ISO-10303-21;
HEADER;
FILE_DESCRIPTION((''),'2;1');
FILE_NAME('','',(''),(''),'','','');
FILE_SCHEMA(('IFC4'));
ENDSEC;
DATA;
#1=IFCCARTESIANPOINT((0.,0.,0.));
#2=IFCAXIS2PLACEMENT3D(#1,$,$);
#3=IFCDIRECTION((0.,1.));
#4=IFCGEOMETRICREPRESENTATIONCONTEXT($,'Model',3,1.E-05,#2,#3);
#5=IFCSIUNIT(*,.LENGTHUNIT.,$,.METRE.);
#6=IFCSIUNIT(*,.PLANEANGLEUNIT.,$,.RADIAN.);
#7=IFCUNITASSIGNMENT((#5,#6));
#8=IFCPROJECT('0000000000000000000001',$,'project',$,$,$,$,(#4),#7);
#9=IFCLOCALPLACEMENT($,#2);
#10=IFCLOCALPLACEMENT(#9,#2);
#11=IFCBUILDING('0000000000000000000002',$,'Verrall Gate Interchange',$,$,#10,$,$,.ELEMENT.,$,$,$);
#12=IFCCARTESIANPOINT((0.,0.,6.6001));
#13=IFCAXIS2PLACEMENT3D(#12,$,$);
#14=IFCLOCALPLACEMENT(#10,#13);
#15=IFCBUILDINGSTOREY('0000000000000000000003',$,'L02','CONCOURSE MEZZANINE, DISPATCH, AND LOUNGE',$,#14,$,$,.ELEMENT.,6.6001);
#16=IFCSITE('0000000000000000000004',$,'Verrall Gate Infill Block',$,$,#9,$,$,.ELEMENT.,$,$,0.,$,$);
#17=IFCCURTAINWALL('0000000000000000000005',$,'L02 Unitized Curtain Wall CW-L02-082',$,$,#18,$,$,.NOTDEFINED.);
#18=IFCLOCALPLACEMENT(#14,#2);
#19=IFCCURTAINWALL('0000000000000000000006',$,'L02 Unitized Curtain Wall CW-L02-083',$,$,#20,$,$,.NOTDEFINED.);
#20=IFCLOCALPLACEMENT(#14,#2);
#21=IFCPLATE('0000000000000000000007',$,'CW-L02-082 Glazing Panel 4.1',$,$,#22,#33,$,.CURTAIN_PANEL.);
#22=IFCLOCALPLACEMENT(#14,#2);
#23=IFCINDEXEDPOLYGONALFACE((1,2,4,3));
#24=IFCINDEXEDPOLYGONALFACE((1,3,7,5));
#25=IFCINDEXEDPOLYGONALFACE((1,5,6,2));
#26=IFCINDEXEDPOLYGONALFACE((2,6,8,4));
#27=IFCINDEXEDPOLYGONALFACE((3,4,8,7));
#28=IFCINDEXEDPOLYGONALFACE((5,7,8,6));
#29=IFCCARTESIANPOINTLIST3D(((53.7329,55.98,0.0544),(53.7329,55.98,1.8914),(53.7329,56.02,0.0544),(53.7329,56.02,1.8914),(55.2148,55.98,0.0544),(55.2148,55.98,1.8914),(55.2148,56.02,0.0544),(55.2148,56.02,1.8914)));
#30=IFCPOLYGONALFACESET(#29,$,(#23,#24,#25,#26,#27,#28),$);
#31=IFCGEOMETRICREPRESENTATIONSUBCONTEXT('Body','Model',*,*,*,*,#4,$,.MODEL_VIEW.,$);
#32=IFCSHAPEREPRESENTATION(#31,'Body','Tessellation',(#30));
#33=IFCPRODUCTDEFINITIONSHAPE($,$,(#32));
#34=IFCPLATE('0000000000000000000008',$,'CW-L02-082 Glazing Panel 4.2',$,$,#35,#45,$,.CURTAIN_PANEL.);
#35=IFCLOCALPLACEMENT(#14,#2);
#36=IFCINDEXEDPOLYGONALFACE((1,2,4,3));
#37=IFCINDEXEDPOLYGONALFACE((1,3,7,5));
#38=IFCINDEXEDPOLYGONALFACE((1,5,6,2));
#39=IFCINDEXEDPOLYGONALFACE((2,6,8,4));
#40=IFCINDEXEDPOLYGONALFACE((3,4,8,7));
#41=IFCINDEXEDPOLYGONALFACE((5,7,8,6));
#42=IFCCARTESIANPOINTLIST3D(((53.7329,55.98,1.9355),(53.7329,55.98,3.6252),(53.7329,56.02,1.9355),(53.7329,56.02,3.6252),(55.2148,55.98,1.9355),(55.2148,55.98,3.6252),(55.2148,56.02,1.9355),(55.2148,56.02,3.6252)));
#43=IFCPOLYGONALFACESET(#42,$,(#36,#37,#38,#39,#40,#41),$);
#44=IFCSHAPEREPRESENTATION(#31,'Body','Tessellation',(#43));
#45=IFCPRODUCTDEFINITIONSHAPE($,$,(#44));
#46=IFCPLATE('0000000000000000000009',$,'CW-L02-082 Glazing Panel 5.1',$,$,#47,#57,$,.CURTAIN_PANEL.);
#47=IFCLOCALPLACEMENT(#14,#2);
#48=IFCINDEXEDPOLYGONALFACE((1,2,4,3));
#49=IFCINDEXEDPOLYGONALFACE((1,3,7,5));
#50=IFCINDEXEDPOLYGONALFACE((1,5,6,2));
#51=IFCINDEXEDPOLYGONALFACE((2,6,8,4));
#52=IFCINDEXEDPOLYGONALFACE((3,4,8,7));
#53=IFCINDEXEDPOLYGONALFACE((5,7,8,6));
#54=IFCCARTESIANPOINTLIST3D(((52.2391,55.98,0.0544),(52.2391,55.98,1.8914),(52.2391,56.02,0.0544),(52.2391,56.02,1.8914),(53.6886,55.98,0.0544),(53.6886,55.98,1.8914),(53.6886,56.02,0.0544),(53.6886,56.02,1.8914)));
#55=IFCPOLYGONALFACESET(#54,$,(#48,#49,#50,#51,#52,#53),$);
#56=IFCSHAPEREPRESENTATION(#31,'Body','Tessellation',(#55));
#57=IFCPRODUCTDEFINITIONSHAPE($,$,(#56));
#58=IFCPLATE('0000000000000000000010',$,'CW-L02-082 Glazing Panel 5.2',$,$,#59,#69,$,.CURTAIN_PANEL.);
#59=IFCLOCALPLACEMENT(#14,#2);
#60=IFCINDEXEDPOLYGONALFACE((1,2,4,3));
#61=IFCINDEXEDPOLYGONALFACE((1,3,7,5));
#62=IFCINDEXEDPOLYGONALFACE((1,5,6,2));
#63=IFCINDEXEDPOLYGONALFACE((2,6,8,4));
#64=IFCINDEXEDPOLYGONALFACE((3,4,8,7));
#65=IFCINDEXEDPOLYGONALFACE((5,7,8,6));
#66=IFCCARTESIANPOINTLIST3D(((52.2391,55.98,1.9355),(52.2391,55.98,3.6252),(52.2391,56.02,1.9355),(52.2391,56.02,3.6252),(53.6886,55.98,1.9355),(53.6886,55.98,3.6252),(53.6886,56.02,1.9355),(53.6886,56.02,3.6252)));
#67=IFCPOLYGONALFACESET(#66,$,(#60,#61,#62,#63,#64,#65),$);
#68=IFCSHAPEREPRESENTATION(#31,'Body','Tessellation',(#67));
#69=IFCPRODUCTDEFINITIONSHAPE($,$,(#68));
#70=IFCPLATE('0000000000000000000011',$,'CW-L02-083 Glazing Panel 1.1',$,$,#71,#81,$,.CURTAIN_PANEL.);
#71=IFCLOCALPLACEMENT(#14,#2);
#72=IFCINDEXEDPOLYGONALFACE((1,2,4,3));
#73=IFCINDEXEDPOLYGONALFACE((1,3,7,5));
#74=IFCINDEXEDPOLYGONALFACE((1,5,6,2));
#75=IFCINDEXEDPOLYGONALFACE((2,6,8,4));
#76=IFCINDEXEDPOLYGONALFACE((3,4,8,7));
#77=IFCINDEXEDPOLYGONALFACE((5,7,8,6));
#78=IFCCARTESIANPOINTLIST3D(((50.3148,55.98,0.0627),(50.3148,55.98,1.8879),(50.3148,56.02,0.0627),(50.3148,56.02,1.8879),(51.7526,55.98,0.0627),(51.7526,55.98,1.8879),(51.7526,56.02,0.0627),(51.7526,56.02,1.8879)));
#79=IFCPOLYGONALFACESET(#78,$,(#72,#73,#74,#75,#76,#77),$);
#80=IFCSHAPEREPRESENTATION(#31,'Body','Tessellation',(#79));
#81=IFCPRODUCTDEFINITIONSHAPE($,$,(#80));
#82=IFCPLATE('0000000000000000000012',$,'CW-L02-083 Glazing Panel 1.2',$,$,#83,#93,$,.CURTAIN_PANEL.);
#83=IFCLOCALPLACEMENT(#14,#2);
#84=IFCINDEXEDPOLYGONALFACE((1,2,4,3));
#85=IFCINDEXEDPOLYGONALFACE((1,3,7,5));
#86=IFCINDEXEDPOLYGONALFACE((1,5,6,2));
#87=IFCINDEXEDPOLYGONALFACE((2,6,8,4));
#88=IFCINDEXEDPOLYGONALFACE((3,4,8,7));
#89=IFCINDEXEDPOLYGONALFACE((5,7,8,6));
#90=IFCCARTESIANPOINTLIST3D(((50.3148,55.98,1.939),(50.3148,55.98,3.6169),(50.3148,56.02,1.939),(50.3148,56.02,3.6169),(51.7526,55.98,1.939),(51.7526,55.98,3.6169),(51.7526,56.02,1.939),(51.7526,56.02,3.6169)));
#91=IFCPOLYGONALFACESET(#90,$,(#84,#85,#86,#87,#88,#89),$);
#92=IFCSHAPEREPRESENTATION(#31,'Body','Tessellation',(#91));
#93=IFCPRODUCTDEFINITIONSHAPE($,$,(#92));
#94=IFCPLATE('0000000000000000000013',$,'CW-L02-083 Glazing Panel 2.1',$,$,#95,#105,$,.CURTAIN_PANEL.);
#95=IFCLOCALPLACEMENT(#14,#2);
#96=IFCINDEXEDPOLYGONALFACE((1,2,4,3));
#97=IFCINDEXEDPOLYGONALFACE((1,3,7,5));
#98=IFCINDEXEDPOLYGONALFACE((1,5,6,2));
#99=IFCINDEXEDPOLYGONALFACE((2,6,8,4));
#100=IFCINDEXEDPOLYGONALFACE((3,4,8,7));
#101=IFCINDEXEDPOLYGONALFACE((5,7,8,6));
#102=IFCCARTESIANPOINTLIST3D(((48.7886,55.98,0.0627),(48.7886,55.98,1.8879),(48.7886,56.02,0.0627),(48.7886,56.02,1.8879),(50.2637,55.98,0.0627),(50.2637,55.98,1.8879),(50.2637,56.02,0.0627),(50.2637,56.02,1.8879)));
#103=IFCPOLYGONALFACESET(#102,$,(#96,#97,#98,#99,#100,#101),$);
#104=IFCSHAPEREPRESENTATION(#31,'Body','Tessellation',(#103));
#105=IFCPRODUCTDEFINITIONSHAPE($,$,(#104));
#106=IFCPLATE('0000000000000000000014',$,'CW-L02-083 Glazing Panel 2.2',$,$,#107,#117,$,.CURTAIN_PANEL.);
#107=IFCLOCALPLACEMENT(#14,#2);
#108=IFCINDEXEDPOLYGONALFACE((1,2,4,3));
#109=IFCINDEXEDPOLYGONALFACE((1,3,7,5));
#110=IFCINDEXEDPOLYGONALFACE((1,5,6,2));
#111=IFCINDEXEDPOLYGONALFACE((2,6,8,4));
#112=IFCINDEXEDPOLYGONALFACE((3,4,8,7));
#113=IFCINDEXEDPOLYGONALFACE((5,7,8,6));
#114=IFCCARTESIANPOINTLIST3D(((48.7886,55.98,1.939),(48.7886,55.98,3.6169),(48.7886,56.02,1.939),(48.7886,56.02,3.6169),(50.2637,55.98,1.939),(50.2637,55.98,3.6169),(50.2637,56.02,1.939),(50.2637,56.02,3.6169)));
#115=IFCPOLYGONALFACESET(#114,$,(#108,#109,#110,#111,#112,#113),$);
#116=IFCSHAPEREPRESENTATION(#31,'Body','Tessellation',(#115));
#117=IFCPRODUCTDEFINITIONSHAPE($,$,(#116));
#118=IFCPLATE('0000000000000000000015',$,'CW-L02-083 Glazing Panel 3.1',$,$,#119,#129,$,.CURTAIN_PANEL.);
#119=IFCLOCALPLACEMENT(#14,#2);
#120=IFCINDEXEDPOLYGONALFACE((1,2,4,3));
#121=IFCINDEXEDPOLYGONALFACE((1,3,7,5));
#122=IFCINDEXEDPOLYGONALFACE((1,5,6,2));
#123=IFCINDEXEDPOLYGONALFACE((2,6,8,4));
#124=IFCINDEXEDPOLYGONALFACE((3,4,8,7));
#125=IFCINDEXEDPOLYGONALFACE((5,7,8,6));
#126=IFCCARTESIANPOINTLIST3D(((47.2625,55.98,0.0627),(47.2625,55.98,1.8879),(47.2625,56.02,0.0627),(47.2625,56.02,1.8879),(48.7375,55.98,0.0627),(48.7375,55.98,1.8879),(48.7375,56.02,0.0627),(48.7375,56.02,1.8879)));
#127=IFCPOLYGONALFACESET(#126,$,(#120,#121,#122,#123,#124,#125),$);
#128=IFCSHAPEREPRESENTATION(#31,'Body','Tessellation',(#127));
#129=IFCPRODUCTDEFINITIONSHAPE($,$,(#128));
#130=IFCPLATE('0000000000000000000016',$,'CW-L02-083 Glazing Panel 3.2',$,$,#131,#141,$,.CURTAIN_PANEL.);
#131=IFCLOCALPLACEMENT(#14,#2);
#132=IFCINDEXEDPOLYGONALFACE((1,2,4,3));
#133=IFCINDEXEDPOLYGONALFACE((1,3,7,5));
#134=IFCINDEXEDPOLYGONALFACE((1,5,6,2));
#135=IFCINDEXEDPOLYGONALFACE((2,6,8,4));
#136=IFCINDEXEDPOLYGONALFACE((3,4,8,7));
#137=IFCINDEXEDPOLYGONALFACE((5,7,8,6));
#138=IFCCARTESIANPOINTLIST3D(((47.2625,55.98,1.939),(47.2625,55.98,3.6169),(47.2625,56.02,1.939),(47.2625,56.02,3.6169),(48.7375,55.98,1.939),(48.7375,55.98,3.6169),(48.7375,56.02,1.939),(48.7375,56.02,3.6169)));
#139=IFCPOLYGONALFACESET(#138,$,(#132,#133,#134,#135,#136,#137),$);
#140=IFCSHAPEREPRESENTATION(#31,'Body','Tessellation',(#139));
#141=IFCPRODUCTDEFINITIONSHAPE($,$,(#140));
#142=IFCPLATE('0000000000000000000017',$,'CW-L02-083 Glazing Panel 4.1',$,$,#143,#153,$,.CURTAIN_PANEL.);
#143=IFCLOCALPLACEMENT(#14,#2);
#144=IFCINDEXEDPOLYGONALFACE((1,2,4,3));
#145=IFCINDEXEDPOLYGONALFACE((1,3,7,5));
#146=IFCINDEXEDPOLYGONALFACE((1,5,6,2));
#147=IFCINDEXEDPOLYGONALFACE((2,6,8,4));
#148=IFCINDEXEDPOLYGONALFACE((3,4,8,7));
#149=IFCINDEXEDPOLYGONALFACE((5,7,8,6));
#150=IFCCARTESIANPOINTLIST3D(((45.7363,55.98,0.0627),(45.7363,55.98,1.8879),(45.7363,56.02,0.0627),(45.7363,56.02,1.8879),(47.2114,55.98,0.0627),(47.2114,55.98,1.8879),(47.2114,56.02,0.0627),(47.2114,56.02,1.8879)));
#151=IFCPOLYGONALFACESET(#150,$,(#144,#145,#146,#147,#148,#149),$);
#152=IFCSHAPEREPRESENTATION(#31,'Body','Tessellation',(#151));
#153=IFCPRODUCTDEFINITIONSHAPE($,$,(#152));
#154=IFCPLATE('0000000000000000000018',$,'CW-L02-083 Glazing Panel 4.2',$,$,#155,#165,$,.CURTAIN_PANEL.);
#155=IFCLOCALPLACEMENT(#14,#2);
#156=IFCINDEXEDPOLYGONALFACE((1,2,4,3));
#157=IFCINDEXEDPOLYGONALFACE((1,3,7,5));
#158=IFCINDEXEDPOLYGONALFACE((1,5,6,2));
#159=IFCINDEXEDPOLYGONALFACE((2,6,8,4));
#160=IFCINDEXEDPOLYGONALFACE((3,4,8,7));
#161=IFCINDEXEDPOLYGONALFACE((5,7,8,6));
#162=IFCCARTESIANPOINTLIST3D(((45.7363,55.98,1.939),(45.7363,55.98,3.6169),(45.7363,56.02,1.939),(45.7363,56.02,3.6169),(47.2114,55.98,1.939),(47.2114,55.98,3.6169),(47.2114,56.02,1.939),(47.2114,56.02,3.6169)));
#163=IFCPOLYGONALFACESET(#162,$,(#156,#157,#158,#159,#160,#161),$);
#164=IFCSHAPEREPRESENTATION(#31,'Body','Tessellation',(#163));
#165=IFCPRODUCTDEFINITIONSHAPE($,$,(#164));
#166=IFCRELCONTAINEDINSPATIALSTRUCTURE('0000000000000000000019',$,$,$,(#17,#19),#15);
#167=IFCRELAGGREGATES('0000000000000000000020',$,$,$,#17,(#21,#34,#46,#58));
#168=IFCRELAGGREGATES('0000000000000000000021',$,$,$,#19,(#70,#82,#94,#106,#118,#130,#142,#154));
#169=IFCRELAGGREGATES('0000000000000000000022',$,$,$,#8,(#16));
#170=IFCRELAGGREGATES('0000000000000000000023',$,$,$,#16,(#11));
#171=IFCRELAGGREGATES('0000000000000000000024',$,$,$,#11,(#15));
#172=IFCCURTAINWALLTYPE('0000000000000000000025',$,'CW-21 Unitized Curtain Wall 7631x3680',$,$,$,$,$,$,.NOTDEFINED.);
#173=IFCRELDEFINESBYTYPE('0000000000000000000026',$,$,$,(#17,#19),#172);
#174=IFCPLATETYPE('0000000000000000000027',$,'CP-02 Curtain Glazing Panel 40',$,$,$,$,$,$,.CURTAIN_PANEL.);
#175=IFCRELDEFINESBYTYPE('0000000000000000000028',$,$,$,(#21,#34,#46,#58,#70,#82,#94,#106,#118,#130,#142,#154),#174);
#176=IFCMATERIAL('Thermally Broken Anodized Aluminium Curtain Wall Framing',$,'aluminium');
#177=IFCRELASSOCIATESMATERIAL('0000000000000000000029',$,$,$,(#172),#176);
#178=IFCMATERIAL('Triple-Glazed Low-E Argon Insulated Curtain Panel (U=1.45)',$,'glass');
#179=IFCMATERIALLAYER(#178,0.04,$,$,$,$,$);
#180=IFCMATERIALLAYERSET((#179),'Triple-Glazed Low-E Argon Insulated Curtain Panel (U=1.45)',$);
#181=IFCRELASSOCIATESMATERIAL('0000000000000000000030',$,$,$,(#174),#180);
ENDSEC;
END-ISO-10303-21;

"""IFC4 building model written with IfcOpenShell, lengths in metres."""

from ifc_helpers import new_model, si_unit, direction, frame, origin, origin_2d, place, context, subcontext, project, spatial, rectangle, extrude, material, layer, layer_set, type_object, element, aggregate, save


model = new_model("IFC4")

# Units and contexts
model_context = context("Model", 3, precision=1e-05, world=origin(), true_north=direction((0.0, 1.0)))
body_context = subcontext(model_context, "Body", "Model", "MODEL_VIEW")
ifc_project = project(units=[si_unit("LENGTHUNIT", "METRE"), si_unit("PLANEANGLEUNIT", "RADIAN")], contexts=[model_context])

# Site, building, storey
site_placement = place(None, origin())
site = spatial("IfcSite", under=ifc_project, at=site_placement, Name="Verrall Gate Infill Block", CompositionType="ELEMENT", RefElevation=0.0)
building_placement = place(site_placement, origin())
building = spatial("IfcBuilding", under=site, at=building_placement, Name="Verrall Gate Interchange", CompositionType="ELEMENT")
storey_placement = place(building_placement, frame((0.0, 0.0, 6.6001)))
storey = spatial("IfcBuildingStorey", under=building, at=storey_placement, Name="L02", Description="CONCOURSE MEZZANINE, DISPATCH, AND LOUNGE", CompositionType="ELEMENT", Elevation=6.6001)

# Curtain walls
ifc_material_1 = material(Name="Thermally Broken Anodized Aluminium Curtain Wall Framing", Category="aluminium")
curtain_wall_type = type_object("IfcCurtainWallType", Name="CW-21 Unitized Curtain Wall 7631x3680", PredefinedType="NOTDEFINED", material=ifc_material_1)
curtain_wall_1_placement = place(storey_placement, origin())
curtain_wall_1 = element("IfcCurtainWall", 1, at=curtain_wall_1_placement, inside=storey, type_object=curtain_wall_type, Name="L02 Unitized Curtain Wall CW-L02-082", PredefinedType="NOTDEFINED")
curtain_wall_2_placement = place(storey_placement, origin())
curtain_wall_2 = element("IfcCurtainWall", 2, at=curtain_wall_2_placement, inside=storey, type_object=curtain_wall_type, Name="L02 Unitized Curtain Wall CW-L02-083", PredefinedType="NOTDEFINED")

# Plates
ifc_material_2 = material(Name="Triple-Glazed Low-E Argon Insulated Curtain Panel (U=1.45)", Category="glass")
ifc_layer_1 = layer(ifc_material_2, 0.04)
ifc_layer_set_1 = layer_set([ifc_layer_1], Name="Triple-Glazed Low-E Argon Insulated Curtain Panel (U=1.45)")
plate_type_1 = type_object("IfcPlateType", Name="CP-02 Curtain Glazing Panel 40", PredefinedType="CURTAIN_PANEL", material=ifc_layer_set_1)
plate_1_placement = place(storey_placement, frame((54.4739, 56.0, 0.0544), z_axis=(0.0, 0.0, 1.0), x_axis=(-1.0, 0.0, 0.0)))
plate_1 = element("IfcPlate", 3, at=plate_1_placement, type_object=plate_type_1, Name="CW-L02-082 Glazing Panel 4.1", PredefinedType="CURTAIN_PANEL", context=body_context, shape_type="SweptSolid", body=[
    extrude(rectangle(XDim=1.4819, YDim=0.04, at=origin_2d()), origin(), (0.0, 0.0, 1.0), 1.8369),
])
plate_2_placement = place(storey_placement, frame((54.4739, 56.0, 1.9355), z_axis=(0.0, 0.0, 1.0), x_axis=(-1.0, 0.0, 0.0)))
plate_2 = element("IfcPlate", 4, at=plate_2_placement, type_object=plate_type_1, Name="CW-L02-082 Glazing Panel 4.2", PredefinedType="CURTAIN_PANEL", context=body_context, shape_type="SweptSolid", body=[
    extrude(rectangle(XDim=1.4819, YDim=0.04, at=origin_2d()), origin(), (0.0, 0.0, 1.0), 1.6897),
])
plate_3_placement = place(storey_placement, frame((52.9639, 56.0, 0.0544), z_axis=(0.0, 0.0, 1.0), x_axis=(-1.0, 0.0, 0.0)))
plate_3 = element("IfcPlate", 5, at=plate_3_placement, type_object=plate_type_1, Name="CW-L02-082 Glazing Panel 5.1", PredefinedType="CURTAIN_PANEL", context=body_context, shape_type="SweptSolid", body=[
    extrude(rectangle(XDim=1.4495, YDim=0.04, at=origin_2d()), origin(), (0.0, 0.0, 1.0), 1.8369),
])
plate_4_placement = place(storey_placement, frame((52.9639, 56.0, 1.9355), z_axis=(0.0, 0.0, 1.0), x_axis=(-1.0, 0.0, 0.0)))
plate_4 = element("IfcPlate", 6, at=plate_4_placement, type_object=plate_type_1, Name="CW-L02-082 Glazing Panel 5.2", PredefinedType="CURTAIN_PANEL", context=body_context, shape_type="SweptSolid", body=[
    extrude(rectangle(XDim=1.4495, YDim=0.04, at=origin_2d()), origin(), (0.0, 0.0, 1.0), 1.6897),
])
aggregate(curtain_wall_1, [plate_1, plate_2, plate_3, plate_4])
plate_5_placement = place(storey_placement, frame((51.0337, 56.0, 0.0627), z_axis=(0.0, 0.0, 1.0), x_axis=(-1.0, 0.0, 0.0)))
plate_5 = element("IfcPlate", 7, at=plate_5_placement, type_object=plate_type_1, Name="CW-L02-083 Glazing Panel 1.1", PredefinedType="CURTAIN_PANEL", context=body_context, shape_type="SweptSolid", body=[
    extrude(rectangle(XDim=1.4377, YDim=0.04, at=origin_2d()), origin(), (0.0, 0.0, 1.0), 1.8252),
])
plate_6_placement = place(storey_placement, frame((51.0337, 56.0, 1.939), z_axis=(0.0, 0.0, 1.0), x_axis=(-1.0, 0.0, 0.0)))
plate_6 = element("IfcPlate", 8, at=plate_6_placement, type_object=plate_type_1, Name="CW-L02-083 Glazing Panel 1.2", PredefinedType="CURTAIN_PANEL", context=body_context, shape_type="SweptSolid", body=[
    extrude(rectangle(XDim=1.4377, YDim=0.04, at=origin_2d()), origin(), (0.0, 0.0, 1.0), 1.678),
])
plate_7_placement = place(storey_placement, frame((49.5261, 56.0, 0.0627), z_axis=(0.0, 0.0, 1.0), x_axis=(-1.0, 0.0, 0.0)))
plate_7 = element("IfcPlate", 9, at=plate_7_placement, type_object=plate_type_1, Name="CW-L02-083 Glazing Panel 2.1", PredefinedType="CURTAIN_PANEL", context=body_context, shape_type="SweptSolid", body=[
    extrude(rectangle(XDim=1.4751, YDim=0.04, at=origin_2d()), origin(), (0.0, 0.0, 1.0), 1.8252),
])
plate_8_placement = place(storey_placement, frame((49.5261, 56.0, 1.939), z_axis=(0.0, 0.0, 1.0), x_axis=(-1.0, 0.0, 0.0)))
plate_8 = element("IfcPlate", 10, at=plate_8_placement, type_object=plate_type_1, Name="CW-L02-083 Glazing Panel 2.2", PredefinedType="CURTAIN_PANEL", context=body_context, shape_type="SweptSolid", body=[
    extrude(rectangle(XDim=1.4751, YDim=0.04, at=origin_2d()), origin(), (0.0, 0.0, 1.0), 1.678),
])
plate_9_placement = place(storey_placement, frame((48.0, 56.0, 0.0627), z_axis=(0.0, 0.0, 1.0), x_axis=(-1.0, 0.0, 0.0)))
plate_9 = element("IfcPlate", 11, at=plate_9_placement, type_object=plate_type_1, Name="CW-L02-083 Glazing Panel 3.1", PredefinedType="CURTAIN_PANEL", context=body_context, shape_type="SweptSolid", body=[
    extrude(rectangle(XDim=1.4751, YDim=0.04, at=origin_2d()), origin(), (0.0, 0.0, 1.0), 1.8252),
])
plate_10_placement = place(storey_placement, frame((48.0, 56.0, 1.939), z_axis=(0.0, 0.0, 1.0), x_axis=(-1.0, 0.0, 0.0)))
plate_10 = element("IfcPlate", 12, at=plate_10_placement, type_object=plate_type_1, Name="CW-L02-083 Glazing Panel 3.2", PredefinedType="CURTAIN_PANEL", context=body_context, shape_type="SweptSolid", body=[
    extrude(rectangle(XDim=1.4751, YDim=0.04, at=origin_2d()), origin(), (0.0, 0.0, 1.0), 1.678),
])
plate_11_placement = place(storey_placement, frame((46.4739, 56.0, 0.0627), z_axis=(0.0, 0.0, 1.0), x_axis=(-1.0, 0.0, 0.0)))
plate_11 = element("IfcPlate", 13, at=plate_11_placement, type_object=plate_type_1, Name="CW-L02-083 Glazing Panel 4.1", PredefinedType="CURTAIN_PANEL", context=body_context, shape_type="SweptSolid", body=[
    extrude(rectangle(XDim=1.4751, YDim=0.04, at=origin_2d()), origin(), (0.0, 0.0, 1.0), 1.8252),
])
plate_12_placement = place(storey_placement, frame((46.4739, 56.0, 1.939), z_axis=(0.0, 0.0, 1.0), x_axis=(-1.0, 0.0, 0.0)))
plate_12 = element("IfcPlate", 14, at=plate_12_placement, type_object=plate_type_1, Name="CW-L02-083 Glazing Panel 4.2", PredefinedType="CURTAIN_PANEL", context=body_context, shape_type="SweptSolid", body=[
    extrude(rectangle(XDim=1.4751, YDim=0.04, at=origin_2d()), origin(), (0.0, 0.0, 1.0), 1.678),
])
aggregate(curtain_wall_2, [plate_5, plate_6, plate_7, plate_8, plate_9, plate_10, plate_11, plate_12])

save(model, "model.ifc")
